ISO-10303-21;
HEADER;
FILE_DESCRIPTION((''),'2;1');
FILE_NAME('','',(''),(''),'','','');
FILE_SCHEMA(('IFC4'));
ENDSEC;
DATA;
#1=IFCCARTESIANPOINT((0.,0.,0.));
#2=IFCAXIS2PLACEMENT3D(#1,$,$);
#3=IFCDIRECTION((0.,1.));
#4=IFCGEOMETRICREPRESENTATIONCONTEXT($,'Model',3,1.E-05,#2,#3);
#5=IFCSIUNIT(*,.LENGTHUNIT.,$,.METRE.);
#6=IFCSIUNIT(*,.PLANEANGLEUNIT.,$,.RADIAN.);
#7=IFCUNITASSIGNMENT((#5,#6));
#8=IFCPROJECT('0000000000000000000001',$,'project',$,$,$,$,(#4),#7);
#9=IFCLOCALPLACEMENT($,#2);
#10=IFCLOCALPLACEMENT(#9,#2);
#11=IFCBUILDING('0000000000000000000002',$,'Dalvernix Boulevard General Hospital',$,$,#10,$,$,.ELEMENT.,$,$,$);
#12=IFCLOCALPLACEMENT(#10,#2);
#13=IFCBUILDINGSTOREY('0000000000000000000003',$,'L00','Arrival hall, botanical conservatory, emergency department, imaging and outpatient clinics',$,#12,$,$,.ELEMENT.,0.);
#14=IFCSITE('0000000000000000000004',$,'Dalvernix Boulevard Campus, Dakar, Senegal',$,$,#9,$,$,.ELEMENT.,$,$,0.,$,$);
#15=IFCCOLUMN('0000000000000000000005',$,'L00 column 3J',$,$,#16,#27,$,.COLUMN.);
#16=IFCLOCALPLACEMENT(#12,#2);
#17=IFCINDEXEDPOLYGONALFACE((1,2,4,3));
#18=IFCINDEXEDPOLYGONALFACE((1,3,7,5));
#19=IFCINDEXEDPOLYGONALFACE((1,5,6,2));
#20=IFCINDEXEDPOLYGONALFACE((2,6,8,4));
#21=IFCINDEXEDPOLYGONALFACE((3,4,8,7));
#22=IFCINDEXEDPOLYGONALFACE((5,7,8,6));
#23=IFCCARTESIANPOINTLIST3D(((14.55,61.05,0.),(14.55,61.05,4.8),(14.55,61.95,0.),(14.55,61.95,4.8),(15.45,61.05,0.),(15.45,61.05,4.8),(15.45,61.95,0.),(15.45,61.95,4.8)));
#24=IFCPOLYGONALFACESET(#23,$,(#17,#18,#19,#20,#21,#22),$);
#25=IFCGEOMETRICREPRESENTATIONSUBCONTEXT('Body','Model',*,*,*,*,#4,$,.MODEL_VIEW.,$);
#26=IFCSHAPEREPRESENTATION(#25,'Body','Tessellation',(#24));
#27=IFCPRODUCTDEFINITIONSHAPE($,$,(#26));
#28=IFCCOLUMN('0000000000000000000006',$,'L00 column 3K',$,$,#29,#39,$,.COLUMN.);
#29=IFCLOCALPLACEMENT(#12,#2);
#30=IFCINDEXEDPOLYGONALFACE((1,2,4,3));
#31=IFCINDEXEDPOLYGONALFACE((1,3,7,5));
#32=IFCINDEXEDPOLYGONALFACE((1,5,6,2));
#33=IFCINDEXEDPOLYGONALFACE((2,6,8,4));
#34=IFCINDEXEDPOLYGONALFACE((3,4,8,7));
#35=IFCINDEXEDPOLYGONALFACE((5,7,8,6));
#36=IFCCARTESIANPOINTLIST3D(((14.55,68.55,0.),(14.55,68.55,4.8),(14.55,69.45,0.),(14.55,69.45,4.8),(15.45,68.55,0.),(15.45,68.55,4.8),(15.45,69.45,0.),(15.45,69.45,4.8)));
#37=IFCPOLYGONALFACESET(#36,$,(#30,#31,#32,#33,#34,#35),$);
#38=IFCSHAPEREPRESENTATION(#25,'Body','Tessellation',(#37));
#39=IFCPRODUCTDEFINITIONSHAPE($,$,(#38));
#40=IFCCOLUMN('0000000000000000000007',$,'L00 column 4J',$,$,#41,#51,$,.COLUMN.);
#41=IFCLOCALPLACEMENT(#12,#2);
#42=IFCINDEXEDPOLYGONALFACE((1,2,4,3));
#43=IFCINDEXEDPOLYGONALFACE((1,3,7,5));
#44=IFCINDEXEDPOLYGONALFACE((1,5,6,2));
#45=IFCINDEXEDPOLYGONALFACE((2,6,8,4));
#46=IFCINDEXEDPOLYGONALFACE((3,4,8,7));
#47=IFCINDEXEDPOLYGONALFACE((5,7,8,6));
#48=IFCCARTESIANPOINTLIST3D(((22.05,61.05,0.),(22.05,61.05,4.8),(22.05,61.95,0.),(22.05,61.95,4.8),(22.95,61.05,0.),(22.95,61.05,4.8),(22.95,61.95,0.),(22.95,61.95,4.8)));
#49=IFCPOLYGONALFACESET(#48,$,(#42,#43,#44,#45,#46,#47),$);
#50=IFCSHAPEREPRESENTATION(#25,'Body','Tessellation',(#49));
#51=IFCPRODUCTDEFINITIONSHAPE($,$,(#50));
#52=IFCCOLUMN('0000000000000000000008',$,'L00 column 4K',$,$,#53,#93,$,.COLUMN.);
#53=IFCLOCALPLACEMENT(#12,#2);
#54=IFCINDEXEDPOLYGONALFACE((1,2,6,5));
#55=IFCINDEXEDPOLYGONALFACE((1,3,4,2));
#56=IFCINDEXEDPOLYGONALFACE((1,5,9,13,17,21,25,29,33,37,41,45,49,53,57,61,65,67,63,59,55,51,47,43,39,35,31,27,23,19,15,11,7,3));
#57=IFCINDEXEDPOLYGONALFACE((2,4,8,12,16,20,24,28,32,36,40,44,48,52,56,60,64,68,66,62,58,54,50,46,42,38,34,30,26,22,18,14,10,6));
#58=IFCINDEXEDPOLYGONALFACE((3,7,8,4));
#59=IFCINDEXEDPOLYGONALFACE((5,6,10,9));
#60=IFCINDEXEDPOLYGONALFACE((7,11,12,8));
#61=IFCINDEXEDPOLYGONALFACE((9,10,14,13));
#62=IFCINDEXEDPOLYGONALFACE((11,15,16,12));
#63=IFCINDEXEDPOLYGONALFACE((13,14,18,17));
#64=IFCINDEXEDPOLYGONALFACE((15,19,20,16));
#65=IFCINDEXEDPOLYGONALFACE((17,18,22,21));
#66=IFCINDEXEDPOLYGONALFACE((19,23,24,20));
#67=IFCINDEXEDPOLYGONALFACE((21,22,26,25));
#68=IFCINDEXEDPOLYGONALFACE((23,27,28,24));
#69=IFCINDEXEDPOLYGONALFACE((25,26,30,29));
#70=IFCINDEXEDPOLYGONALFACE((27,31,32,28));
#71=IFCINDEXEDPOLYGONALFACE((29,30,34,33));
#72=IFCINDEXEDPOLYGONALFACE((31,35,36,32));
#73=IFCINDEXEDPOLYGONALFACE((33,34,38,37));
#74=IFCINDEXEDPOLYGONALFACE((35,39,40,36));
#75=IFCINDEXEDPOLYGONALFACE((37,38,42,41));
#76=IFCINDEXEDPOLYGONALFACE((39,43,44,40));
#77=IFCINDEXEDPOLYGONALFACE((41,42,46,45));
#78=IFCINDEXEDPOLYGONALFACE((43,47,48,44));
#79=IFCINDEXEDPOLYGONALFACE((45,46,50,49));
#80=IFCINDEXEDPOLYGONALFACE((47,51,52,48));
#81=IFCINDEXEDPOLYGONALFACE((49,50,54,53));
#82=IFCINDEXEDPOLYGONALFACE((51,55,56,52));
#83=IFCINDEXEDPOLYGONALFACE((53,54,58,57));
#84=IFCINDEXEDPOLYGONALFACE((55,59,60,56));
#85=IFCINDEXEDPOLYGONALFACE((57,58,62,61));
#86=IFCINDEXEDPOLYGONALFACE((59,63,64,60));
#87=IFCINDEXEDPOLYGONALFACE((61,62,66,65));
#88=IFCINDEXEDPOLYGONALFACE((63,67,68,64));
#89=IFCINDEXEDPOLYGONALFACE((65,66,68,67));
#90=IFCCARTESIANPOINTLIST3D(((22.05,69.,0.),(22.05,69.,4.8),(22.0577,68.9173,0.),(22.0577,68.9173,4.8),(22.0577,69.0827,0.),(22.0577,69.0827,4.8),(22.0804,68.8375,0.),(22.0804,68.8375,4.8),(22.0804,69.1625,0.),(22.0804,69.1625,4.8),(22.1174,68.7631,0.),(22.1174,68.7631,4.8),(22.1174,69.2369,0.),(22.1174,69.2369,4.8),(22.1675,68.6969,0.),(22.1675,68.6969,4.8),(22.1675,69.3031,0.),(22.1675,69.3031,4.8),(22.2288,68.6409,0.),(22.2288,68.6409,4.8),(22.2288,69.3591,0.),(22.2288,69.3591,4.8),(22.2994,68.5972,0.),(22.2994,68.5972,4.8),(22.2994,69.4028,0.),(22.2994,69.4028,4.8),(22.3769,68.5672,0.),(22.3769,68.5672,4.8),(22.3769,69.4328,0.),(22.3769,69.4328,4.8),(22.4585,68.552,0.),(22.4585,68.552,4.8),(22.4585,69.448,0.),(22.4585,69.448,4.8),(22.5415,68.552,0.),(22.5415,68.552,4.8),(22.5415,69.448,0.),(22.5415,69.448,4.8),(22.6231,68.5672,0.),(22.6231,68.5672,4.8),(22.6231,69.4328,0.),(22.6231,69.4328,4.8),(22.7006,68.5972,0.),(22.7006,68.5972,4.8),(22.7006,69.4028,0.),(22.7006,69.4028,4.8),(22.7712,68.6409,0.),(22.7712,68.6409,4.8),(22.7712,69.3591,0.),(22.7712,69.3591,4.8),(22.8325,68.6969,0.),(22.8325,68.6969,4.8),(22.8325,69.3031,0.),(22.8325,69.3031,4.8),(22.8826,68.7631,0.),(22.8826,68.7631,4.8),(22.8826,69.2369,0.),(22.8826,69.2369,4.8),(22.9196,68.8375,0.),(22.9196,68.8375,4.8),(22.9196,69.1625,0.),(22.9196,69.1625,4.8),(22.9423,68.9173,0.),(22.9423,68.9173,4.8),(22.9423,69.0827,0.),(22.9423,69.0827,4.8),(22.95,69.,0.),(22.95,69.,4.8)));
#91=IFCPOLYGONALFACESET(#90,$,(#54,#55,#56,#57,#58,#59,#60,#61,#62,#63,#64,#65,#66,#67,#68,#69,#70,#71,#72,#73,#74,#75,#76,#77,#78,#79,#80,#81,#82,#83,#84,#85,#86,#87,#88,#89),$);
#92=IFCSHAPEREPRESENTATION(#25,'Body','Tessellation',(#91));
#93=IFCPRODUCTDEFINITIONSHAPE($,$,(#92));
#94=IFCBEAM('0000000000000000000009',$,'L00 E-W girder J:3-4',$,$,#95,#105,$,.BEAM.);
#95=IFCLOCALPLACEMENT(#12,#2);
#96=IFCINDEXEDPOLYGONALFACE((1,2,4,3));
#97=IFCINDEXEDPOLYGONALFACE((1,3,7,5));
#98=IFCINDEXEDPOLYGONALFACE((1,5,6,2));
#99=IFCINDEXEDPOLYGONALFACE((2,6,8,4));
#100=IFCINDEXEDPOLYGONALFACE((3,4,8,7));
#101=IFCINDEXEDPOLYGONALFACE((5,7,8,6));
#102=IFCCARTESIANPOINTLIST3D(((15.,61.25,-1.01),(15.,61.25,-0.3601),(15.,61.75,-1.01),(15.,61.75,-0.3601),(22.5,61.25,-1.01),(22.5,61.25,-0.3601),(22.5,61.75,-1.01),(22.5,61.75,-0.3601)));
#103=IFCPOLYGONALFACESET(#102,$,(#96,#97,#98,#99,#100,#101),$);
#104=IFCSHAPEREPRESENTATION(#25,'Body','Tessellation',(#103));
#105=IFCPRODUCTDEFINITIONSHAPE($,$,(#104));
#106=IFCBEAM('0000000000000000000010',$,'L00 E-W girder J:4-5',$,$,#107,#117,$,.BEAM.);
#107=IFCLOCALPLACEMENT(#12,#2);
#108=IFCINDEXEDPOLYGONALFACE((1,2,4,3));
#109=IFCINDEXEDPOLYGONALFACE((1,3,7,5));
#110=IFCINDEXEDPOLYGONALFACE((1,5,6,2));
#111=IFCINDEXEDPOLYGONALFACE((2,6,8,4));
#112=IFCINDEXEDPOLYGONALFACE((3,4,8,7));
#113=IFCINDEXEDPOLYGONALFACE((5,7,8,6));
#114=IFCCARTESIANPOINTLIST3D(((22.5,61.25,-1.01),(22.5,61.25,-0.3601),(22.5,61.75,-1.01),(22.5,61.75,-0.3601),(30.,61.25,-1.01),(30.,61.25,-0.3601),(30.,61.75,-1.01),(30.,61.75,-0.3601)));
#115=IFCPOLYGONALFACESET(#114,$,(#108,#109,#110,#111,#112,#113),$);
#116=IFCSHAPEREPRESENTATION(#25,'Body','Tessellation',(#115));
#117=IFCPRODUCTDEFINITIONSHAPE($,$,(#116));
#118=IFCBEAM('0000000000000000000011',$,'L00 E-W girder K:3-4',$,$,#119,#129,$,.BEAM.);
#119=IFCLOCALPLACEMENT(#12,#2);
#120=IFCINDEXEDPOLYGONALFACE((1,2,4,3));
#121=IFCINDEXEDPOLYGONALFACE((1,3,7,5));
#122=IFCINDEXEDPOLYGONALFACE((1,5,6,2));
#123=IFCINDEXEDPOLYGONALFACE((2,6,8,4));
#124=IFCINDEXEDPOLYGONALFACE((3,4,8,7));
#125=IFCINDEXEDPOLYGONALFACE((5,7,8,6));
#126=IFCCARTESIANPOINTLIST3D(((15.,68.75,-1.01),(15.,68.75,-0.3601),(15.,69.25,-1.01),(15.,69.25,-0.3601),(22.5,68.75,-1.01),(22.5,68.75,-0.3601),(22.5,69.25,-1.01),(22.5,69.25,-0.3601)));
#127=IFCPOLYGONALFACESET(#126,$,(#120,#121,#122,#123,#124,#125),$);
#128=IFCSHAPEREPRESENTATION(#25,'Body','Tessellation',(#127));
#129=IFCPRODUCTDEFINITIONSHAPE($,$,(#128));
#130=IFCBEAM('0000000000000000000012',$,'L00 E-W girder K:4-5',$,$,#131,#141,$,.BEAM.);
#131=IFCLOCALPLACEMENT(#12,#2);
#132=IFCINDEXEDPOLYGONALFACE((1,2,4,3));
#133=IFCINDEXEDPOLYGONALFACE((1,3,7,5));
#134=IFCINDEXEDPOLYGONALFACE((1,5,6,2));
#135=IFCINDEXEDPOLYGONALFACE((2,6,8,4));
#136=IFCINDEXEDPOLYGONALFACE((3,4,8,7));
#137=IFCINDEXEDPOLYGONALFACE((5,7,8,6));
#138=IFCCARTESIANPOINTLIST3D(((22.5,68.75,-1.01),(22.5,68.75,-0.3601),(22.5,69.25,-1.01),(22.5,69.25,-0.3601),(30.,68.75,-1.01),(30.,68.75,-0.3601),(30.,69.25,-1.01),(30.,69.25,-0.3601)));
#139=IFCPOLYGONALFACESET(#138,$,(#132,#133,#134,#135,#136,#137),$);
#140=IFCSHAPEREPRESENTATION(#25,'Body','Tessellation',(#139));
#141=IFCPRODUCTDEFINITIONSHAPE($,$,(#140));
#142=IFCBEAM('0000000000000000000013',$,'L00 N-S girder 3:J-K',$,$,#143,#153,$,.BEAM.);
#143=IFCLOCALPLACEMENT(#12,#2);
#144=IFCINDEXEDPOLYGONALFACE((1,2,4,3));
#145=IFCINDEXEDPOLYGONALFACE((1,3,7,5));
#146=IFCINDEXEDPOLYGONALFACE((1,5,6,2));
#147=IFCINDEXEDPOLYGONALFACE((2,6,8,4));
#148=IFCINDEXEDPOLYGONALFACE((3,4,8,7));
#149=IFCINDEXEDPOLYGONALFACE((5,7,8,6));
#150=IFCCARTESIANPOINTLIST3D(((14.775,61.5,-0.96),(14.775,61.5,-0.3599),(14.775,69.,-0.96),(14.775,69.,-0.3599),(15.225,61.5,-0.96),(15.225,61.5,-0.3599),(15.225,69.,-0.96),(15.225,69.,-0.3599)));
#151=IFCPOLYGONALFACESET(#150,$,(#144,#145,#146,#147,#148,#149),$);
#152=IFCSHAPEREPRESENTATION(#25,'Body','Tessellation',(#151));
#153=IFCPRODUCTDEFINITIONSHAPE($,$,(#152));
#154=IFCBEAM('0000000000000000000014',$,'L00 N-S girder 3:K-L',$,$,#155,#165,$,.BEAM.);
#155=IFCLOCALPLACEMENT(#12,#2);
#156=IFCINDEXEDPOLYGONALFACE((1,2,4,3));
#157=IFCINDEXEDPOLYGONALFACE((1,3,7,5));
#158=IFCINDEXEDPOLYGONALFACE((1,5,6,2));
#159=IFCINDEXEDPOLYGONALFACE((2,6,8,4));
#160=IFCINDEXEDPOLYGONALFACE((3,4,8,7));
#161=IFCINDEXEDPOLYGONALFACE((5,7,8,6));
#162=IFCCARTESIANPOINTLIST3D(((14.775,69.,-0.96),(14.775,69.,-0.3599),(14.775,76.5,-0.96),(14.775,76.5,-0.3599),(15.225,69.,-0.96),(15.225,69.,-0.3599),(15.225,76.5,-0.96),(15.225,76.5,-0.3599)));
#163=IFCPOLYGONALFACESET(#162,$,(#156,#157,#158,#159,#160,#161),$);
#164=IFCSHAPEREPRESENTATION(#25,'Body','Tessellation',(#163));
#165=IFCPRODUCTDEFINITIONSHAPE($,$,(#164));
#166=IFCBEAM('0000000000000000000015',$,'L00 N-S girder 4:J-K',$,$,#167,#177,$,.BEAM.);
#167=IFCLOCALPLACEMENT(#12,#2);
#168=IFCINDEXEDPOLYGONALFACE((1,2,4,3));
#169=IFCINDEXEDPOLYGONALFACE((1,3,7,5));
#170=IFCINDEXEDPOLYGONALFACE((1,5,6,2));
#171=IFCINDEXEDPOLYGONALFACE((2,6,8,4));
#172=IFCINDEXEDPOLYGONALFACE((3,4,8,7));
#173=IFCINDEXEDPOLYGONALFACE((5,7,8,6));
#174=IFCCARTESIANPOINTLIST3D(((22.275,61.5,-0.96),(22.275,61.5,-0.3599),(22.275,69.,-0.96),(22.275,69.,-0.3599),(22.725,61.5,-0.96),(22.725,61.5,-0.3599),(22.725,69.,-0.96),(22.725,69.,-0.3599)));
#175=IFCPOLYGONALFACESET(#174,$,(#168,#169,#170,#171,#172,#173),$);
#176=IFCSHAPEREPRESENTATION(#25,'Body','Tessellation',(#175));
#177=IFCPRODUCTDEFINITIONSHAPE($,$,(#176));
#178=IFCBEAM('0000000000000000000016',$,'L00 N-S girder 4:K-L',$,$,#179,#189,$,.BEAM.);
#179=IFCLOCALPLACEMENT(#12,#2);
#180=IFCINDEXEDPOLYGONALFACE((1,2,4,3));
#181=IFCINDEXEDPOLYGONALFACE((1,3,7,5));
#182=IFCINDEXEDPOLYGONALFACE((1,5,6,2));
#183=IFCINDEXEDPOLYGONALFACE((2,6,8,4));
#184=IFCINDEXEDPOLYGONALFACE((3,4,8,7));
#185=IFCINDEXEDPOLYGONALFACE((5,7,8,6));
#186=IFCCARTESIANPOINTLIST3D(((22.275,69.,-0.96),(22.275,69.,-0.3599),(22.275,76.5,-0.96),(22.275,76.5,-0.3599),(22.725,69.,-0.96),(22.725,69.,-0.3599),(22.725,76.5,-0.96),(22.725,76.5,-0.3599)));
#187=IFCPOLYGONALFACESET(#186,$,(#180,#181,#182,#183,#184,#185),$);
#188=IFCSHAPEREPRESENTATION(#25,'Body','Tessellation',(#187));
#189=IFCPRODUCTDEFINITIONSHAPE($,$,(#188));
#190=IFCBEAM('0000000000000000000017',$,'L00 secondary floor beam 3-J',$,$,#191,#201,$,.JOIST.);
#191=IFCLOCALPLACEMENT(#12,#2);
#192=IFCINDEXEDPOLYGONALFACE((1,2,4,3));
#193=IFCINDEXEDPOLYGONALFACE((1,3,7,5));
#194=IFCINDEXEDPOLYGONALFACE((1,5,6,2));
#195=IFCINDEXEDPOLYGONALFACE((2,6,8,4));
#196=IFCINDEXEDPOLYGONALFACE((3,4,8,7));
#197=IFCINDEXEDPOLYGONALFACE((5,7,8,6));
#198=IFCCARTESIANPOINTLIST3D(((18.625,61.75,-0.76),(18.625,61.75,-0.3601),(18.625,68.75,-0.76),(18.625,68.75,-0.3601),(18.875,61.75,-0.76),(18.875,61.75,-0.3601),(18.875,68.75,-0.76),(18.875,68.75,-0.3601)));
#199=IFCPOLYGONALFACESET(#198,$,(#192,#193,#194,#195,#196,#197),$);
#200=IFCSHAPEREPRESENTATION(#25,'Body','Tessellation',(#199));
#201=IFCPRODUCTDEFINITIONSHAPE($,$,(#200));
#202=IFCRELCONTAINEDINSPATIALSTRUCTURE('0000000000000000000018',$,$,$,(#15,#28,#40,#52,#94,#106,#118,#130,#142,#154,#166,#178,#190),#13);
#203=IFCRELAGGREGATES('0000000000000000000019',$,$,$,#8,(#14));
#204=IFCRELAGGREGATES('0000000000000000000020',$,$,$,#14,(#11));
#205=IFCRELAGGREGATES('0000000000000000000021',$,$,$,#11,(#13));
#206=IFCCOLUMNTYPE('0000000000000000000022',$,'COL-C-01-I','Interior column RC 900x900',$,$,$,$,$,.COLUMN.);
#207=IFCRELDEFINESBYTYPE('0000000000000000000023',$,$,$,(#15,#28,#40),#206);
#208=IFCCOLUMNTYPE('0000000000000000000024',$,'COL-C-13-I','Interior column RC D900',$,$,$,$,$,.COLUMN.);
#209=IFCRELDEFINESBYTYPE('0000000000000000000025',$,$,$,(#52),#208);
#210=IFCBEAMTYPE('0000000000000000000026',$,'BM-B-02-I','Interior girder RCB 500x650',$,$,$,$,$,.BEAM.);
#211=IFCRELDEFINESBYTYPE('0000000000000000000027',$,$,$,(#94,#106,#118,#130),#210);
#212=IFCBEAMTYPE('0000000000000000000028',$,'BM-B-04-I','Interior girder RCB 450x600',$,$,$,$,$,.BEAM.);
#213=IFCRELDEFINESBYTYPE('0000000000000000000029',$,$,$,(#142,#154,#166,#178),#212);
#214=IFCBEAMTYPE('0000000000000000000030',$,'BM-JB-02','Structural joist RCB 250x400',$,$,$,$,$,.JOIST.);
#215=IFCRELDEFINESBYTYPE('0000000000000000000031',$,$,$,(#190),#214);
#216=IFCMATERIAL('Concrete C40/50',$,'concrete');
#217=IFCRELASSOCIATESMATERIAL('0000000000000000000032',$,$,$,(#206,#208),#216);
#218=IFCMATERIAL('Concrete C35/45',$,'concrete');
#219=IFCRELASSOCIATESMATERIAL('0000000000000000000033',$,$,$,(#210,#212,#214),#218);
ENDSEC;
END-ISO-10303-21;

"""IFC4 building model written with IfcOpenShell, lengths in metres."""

from ifc_helpers import new_model, si_unit, direction, frame, origin, origin_2d, place, context, subcontext, project, spatial, rectangle, circle, extrude, material, material_profile, profile_set, type_object, element, save


model = new_model("IFC4")

# Units and contexts
model_context = context("Model", 3, precision=1e-05, world=origin(), true_north=direction((0.0, 1.0)))
body_context = subcontext(model_context, "Body", "Model", "MODEL_VIEW")
ifc_project = project(units=[si_unit("LENGTHUNIT", "METRE"), si_unit("PLANEANGLEUNIT", "RADIAN")], contexts=[model_context])

# Site, building, storey
site_placement = place(None, origin())
site = spatial("IfcSite", under=ifc_project, at=site_placement, Name="Dalvernix Boulevard Campus, Dakar, Senegal", CompositionType="ELEMENT", RefElevation=0.0)
building_placement = place(site_placement, origin())
building = spatial("IfcBuilding", under=site, at=building_placement, Name="Dalvernix Boulevard General Hospital", CompositionType="ELEMENT")
storey_placement = place(building_placement, origin())
storey = spatial("IfcBuildingStorey", under=building, at=storey_placement, Name="L00", Description="Arrival hall, botanical conservatory, emergency department, imaging and outpatient clinics", CompositionType="ELEMENT", Elevation=0.0)

# Columns
ifc_material_1 = material(Name="Concrete C40/50", Category="concrete")
ifc_material_profile_1 = material_profile(ifc_material_1, rectangle(XDim=0.8999, YDim=0.8999, at=origin_2d()), Name="RC 900x900")
ifc_profile_set_1 = profile_set([ifc_material_profile_1], Name="Concrete C40/50")
column_type_1 = type_object("IfcColumnType", Name="COL-C-01-I", Description="Interior column RC 900x900", PredefinedType="COLUMN", material=ifc_profile_set_1)
for number, where, z_axis, x_axis, name in (
    (1, (15.0, 61.5, 0.0), (0.0, 0.0, 1.0), (1.0, 0.0, 0.0), "L00 column 3J"),
    (2, (15.0, 69.0, 0.0), (0.0, 0.0, 1.0), (1.0, 0.0, 0.0), "L00 column 3K"),
    (3, (22.5, 61.5, 0.0), (0.0, 0.0, 1.0), (1.0, 0.0, 0.0), "L00 column 4J"),
):
    element("IfcColumn", number, at=place(storey_placement, frame(where, z_axis=z_axis, x_axis=x_axis)), inside=storey, type_object=column_type_1, Name=name, PredefinedType="COLUMN", context=body_context, shape_type="SweptSolid", body=[
        extrude(rectangle(XDim=0.8999, YDim=0.8999, at=origin_2d()), origin(), (0.0, 0.0, 1.0), 4.8),
    ])
ifc_material_profile_2 = material_profile(ifc_material_1, circle(Radius=0.45, at=origin_2d()), Name="RC D900")
ifc_profile_set_2 = profile_set([ifc_material_profile_2], Name="Concrete C40/50")
column_type_2 = type_object("IfcColumnType", Name="COL-C-13-I", Description="Interior column RC D900", PredefinedType="COLUMN", material=ifc_profile_set_2)
column_placement = place(storey_placement, frame((22.5, 69.0, 0.0), z_axis=(0.0, 0.0, 1.0), x_axis=(1.0, 0.0, 0.0)))
element("IfcColumn", 4, at=column_placement, inside=storey, type_object=column_type_2, Name="L00 column 4K", PredefinedType="COLUMN", context=body_context, shape_type="SweptSolid", body=[
    extrude(circle(Radius=0.45, at=origin_2d()), origin(), (0.0, 0.0, 1.0), 4.8),
])

# Beams
ifc_material_2 = material(Name="Concrete C35/45", Category="concrete")
ifc_material_profile_3 = material_profile(ifc_material_2, rectangle(XDim=0.5, YDim=0.6499, at=origin_2d()), Name="RCB 500x650")
ifc_profile_set_3 = profile_set([ifc_material_profile_3], Name="Concrete C35/45")
beam_type_1 = type_object("IfcBeamType", Name="BM-B-02-I", Description="Interior girder RCB 500x650", PredefinedType="BEAM", material=ifc_profile_set_3)
for number, where, z_axis, x_axis, name in (
    (5, (15.0, 61.5, -0.6851), (1.0, 0.0, 0.0), (0.0, 1.0, 0.0), "L00 E-W girder J:3-4"),
    (6, (22.5, 61.5, -0.6851), (1.0, 0.0, 0.0), (0.0, 1.0, 0.0), "L00 E-W girder J:4-5"),
    (7, (15.0, 69.0, -0.6851), (1.0, 0.0, 0.0), (0.0, 1.0, 0.0), "L00 E-W girder K:3-4"),
    (8, (22.5, 69.0, -0.6851), (1.0, 0.0, 0.0), (0.0, 1.0, 0.0), "L00 E-W girder K:4-5"),
):
    element("IfcBeam", number, at=place(storey_placement, frame(where, z_axis=z_axis, x_axis=x_axis)), inside=storey, type_object=beam_type_1, Name=name, PredefinedType="BEAM", context=body_context, shape_type="SweptSolid", body=[
        extrude(rectangle(XDim=0.5, YDim=0.6499, at=origin_2d()), origin(), (0.0, 0.0, 1.0), 7.5),
    ])
ifc_material_profile_4 = material_profile(ifc_material_2, rectangle(XDim=0.45, YDim=0.6001, at=origin_2d()), Name="RCB 450x600")
ifc_profile_set_4 = profile_set([ifc_material_profile_4], Name="Concrete C35/45")
beam_type_2 = type_object("IfcBeamType", Name="BM-B-04-I", Description="Interior girder RCB 450x600", PredefinedType="BEAM", material=ifc_profile_set_4)
for number, where, z_axis, x_axis, name in (
    (9, (15.0, 61.5, -0.6599), (0.0, 1.0, 0.0), (-1.0, 0.0, 0.0), "L00 N-S girder 3:J-K"),
    (10, (15.0, 69.0, -0.6599), (0.0, 1.0, 0.0), (-1.0, 0.0, 0.0), "L00 N-S girder 3:K-L"),
    (11, (22.5, 61.5, -0.6599), (0.0, 1.0, 0.0), (-1.0, 0.0, 0.0), "L00 N-S girder 4:J-K"),
    (12, (22.5, 69.0, -0.6599), (0.0, 1.0, 0.0), (-1.0, 0.0, 0.0), "L00 N-S girder 4:K-L"),
):
    element("IfcBeam", number, at=place(storey_placement, frame(where, z_axis=z_axis, x_axis=x_axis)), inside=storey, type_object=beam_type_2, Name=name, PredefinedType="BEAM", context=body_context, shape_type="SweptSolid", body=[
        extrude(rectangle(XDim=0.45, YDim=0.6001, at=origin_2d()), origin(), (0.0, 0.0, 1.0), 7.5),
    ])
ifc_material_profile_5 = material_profile(ifc_material_2, rectangle(XDim=0.25, YDim=0.3999, at=origin_2d()), Name="RCB 250x400")
ifc_profile_set_5 = profile_set([ifc_material_profile_5], Name="Concrete C35/45")
beam_type_3 = type_object("IfcBeamType", Name="BM-JB-02", Description="Structural joist RCB 250x400", PredefinedType="JOIST", material=ifc_profile_set_5)
beam_1_placement = place(storey_placement, frame((18.75, 61.75, -0.5601), z_axis=(0.0, 1.0, 0.0), x_axis=(-1.0, 0.0, 0.0)))
element("IfcBeam", 13, at=beam_1_placement, inside=storey, type_object=beam_type_3, Name="L00 secondary floor beam 3-J", PredefinedType="JOIST", context=body_context, shape_type="SweptSolid", body=[
    extrude(rectangle(XDim=0.25, YDim=0.3999, at=origin_2d()), origin(), (0.0, 0.0, 1.0), 7.0),
])

save(model, "model.ifc")
